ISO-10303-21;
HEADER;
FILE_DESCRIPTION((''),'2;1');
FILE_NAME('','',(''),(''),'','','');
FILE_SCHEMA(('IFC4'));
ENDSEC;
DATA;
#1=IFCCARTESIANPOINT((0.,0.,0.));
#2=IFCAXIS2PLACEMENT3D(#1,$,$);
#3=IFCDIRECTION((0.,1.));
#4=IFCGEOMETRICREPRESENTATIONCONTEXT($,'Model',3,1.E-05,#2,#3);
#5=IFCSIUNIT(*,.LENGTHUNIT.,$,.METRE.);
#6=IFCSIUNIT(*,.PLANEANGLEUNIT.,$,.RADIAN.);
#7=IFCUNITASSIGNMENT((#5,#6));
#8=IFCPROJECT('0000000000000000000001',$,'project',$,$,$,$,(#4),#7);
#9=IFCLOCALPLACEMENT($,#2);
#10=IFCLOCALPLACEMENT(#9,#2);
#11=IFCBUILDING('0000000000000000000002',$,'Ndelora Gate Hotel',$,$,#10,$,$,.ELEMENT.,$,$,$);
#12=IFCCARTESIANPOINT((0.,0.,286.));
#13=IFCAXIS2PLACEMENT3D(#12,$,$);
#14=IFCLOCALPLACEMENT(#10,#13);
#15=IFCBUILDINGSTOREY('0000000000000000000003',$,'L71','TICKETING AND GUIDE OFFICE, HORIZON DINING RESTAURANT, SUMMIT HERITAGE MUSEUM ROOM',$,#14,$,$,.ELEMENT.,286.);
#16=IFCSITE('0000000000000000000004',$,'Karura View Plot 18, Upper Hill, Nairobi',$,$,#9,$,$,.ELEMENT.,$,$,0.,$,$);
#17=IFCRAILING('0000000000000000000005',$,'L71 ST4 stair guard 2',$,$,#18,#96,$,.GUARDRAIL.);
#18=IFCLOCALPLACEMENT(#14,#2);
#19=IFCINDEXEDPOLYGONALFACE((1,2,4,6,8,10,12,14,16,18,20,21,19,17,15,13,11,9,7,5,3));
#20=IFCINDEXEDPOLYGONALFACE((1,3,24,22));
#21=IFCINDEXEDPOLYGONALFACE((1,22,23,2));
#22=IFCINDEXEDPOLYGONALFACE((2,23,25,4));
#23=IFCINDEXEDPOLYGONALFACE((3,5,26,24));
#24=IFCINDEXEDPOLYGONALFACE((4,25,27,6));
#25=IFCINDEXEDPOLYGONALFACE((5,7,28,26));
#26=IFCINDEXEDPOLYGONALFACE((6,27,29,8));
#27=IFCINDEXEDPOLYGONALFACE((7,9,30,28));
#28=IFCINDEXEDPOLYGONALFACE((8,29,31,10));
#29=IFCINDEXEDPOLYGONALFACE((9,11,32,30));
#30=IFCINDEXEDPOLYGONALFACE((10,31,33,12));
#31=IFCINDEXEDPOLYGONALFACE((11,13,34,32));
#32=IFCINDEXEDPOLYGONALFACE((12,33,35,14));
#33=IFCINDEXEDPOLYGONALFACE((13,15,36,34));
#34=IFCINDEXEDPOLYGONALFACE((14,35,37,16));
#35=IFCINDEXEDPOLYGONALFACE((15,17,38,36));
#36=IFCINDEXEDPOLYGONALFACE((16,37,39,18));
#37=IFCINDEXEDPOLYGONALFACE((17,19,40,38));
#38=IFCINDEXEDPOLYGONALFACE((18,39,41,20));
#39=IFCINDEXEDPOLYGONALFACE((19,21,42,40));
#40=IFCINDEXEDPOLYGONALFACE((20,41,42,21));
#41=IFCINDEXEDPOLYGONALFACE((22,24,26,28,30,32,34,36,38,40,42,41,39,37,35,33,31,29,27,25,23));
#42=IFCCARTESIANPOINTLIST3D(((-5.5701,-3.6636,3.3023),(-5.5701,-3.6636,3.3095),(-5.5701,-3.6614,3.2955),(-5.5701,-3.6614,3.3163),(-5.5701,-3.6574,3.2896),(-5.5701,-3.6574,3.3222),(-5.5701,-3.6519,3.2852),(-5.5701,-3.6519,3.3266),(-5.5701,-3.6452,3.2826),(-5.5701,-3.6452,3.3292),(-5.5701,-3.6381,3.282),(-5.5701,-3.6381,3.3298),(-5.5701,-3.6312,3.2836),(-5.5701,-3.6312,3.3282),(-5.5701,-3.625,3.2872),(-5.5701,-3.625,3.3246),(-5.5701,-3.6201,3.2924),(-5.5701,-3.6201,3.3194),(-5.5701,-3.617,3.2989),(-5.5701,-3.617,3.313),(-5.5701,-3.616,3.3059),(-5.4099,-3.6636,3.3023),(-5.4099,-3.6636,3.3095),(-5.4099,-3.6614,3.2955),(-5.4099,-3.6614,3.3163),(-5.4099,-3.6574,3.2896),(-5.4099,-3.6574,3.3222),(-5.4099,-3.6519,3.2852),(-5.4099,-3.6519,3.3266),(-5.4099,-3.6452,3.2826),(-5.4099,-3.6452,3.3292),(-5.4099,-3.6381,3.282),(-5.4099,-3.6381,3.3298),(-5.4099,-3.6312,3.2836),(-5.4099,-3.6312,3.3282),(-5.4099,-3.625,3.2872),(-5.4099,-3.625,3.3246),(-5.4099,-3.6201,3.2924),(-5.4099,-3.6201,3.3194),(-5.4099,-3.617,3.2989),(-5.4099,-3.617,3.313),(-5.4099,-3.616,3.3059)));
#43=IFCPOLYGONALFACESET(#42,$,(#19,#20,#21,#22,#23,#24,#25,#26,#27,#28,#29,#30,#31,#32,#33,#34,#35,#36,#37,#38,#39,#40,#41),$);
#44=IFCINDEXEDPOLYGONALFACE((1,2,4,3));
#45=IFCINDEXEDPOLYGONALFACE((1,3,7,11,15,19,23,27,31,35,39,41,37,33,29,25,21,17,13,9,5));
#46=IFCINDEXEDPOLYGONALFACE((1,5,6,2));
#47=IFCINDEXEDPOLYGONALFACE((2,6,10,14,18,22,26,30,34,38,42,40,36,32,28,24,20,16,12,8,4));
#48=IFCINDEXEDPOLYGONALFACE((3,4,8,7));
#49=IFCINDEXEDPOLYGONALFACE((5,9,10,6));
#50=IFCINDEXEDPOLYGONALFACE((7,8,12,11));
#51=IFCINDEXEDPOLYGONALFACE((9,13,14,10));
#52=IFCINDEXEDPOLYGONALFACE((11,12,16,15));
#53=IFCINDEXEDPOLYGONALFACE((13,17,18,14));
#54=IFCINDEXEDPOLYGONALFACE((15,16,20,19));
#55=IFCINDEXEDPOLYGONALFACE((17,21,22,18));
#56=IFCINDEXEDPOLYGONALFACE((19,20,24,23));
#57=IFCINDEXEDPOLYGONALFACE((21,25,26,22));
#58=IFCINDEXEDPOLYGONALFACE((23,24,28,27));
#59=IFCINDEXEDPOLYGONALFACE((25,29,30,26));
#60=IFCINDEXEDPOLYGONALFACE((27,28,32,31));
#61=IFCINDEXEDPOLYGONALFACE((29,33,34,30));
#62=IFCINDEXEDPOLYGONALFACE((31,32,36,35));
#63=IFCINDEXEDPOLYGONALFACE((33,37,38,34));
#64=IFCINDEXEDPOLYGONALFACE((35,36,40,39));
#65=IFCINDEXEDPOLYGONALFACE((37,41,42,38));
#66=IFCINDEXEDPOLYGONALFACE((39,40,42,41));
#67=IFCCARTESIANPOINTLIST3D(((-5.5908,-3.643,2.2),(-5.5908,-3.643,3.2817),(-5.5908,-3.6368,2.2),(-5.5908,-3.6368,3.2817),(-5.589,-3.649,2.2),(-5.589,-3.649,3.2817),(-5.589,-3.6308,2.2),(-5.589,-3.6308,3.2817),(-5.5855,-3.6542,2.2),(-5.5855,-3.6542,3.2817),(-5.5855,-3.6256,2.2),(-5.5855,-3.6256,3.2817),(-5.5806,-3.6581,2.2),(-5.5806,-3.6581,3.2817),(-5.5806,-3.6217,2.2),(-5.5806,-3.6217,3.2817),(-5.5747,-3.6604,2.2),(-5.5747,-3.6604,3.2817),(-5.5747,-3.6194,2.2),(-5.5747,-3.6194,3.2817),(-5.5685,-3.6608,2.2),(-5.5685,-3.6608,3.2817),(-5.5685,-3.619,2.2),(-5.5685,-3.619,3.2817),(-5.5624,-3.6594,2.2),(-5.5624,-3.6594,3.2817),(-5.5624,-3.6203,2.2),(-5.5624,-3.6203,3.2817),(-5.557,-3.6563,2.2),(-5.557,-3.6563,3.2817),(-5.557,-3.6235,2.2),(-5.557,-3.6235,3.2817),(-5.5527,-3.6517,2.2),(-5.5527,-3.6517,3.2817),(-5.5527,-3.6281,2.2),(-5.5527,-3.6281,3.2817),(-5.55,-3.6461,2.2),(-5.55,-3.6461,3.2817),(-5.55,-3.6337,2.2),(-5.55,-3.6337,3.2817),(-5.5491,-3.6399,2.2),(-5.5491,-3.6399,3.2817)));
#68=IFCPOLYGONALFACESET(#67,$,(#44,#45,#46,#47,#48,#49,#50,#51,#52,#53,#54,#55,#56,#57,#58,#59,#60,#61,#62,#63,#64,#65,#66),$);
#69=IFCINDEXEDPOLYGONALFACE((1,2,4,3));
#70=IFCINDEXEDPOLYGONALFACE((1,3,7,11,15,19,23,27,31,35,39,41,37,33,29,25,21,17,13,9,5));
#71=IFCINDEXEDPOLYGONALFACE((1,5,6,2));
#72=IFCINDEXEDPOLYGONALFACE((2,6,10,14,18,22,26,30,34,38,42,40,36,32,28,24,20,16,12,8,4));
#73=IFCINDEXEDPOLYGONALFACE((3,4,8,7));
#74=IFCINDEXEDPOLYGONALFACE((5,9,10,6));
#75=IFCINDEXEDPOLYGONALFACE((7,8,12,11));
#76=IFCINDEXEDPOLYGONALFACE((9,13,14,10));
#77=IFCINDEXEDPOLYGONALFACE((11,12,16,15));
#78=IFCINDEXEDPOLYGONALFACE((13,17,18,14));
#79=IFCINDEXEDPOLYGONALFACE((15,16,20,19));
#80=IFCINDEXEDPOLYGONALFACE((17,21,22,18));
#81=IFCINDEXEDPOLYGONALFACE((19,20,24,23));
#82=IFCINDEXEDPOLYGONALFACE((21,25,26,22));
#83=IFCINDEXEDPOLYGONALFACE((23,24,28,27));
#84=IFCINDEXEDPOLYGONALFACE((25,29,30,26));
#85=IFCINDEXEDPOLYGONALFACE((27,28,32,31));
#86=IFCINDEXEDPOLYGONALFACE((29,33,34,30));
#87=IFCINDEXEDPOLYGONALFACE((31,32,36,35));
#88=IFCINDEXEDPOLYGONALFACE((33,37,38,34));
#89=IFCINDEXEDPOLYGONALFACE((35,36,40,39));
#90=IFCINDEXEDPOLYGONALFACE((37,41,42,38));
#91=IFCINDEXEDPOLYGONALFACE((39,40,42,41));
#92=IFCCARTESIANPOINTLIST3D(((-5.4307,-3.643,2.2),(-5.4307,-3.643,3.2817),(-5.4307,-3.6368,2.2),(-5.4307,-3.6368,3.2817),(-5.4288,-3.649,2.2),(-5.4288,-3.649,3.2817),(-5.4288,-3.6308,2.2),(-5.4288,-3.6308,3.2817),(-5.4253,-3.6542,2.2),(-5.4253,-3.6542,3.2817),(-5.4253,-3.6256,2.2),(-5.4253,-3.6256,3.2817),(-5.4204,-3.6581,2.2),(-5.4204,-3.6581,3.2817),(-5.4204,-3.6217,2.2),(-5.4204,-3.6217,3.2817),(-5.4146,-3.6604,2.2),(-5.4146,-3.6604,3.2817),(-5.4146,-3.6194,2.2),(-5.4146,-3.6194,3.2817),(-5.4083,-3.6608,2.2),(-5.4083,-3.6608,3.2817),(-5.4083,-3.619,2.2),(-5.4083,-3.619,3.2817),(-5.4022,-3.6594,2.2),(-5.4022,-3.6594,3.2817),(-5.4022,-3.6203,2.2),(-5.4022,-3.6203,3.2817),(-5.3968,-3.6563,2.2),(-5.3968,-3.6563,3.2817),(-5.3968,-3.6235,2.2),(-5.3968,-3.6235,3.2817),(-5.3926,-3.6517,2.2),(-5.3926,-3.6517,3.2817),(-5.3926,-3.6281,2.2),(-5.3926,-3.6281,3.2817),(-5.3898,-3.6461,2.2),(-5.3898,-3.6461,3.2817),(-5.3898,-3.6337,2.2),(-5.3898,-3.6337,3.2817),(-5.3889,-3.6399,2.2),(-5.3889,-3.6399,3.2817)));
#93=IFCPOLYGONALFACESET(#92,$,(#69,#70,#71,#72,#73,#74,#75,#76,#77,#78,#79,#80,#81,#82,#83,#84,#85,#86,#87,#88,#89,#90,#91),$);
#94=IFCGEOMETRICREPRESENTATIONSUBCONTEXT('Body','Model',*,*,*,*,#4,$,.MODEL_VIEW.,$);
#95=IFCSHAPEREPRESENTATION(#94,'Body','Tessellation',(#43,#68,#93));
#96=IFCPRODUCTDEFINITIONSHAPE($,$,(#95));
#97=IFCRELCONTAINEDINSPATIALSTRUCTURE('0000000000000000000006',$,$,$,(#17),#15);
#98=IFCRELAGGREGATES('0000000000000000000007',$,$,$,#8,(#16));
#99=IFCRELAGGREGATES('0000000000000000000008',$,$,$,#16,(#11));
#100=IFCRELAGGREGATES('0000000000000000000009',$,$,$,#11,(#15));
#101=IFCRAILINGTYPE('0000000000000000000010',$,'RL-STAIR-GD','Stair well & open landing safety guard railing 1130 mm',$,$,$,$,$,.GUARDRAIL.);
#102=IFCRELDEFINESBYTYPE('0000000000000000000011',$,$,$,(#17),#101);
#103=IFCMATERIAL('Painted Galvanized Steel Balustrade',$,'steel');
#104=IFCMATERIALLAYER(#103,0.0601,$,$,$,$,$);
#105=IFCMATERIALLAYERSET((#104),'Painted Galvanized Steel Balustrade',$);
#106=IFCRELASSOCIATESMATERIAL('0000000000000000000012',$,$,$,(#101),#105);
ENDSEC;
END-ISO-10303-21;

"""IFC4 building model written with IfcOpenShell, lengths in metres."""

from ifc_helpers import new_model, si_unit, direction, frame, origin, origin_2d, place, context, subcontext, project, spatial, circle, extrude, material, layer, layer_set, type_object, element, save


model = new_model("IFC4")

# Units and contexts
model_context = context("Model", 3, precision=1e-05, world=origin(), true_north=direction((0.0, 1.0)))
body_context = subcontext(model_context, "Body", "Model", "MODEL_VIEW")
ifc_project = project(units=[si_unit("LENGTHUNIT", "METRE"), si_unit("PLANEANGLEUNIT", "RADIAN")], contexts=[model_context])

# Site, building, storey
site_placement = place(None, origin())
site = spatial("IfcSite", under=ifc_project, at=site_placement, Name="Karura View Plot 18, Upper Hill, Nairobi", CompositionType="ELEMENT", RefElevation=0.0)
building_placement = place(site_placement, origin())
building = spatial("IfcBuilding", under=site, at=building_placement, Name="Ndelora Gate Hotel", CompositionType="ELEMENT")
storey_placement = place(building_placement, frame((0.0, 0.0, 286.0)))
storey = spatial("IfcBuildingStorey", under=building, at=storey_placement, Name="L71", Description="TICKETING AND GUIDE OFFICE, HORIZON DINING RESTAURANT, SUMMIT HERITAGE MUSEUM ROOM", CompositionType="ELEMENT", Elevation=286.0)

# Railing
ifc_material_1 = material(Name="Painted Galvanized Steel Balustrade", Category="steel")
ifc_layer_1 = layer(ifc_material_1, 0.0601)
ifc_layer_set_1 = layer_set([ifc_layer_1], Name="Painted Galvanized Steel Balustrade")
railing_type_1 = type_object("IfcRailingType", Name="RL-STAIR-GD", Description="Stair well & open landing safety guard railing 1130 mm", PredefinedType="GUARDRAIL", material=ifc_layer_set_1)
railing_1_placement = place(storey_placement, frame((-5.5701, -3.6399, 2.2)))
element("IfcRailing", 1, at=railing_1_placement, inside=storey, type_object=railing_type_1, Name="L71 ST4 stair guard 2", PredefinedType="GUARDRAIL", context=body_context, shape_type="SweptSolid", body=[
    extrude(circle(Radius=0.0239, at=origin_2d()), frame((0.0, 0.0, 1.106), z_axis=(1.0, 0.0, 0.0), x_axis=(0.0, 1.0, 0.0)), (0.0, 0.0, 1.0), 0.1602),
    extrude(circle(Radius=0.021, at=origin_2d()), origin(), (0.0, 0.0, 1.0), 1.0818),
    extrude(circle(Radius=0.021, at=origin_2d()), frame((0.1602, 0.0, 0.0)), (0.0, 0.0, 1.0), 1.0818),
])

save(model, "model.ifc")
